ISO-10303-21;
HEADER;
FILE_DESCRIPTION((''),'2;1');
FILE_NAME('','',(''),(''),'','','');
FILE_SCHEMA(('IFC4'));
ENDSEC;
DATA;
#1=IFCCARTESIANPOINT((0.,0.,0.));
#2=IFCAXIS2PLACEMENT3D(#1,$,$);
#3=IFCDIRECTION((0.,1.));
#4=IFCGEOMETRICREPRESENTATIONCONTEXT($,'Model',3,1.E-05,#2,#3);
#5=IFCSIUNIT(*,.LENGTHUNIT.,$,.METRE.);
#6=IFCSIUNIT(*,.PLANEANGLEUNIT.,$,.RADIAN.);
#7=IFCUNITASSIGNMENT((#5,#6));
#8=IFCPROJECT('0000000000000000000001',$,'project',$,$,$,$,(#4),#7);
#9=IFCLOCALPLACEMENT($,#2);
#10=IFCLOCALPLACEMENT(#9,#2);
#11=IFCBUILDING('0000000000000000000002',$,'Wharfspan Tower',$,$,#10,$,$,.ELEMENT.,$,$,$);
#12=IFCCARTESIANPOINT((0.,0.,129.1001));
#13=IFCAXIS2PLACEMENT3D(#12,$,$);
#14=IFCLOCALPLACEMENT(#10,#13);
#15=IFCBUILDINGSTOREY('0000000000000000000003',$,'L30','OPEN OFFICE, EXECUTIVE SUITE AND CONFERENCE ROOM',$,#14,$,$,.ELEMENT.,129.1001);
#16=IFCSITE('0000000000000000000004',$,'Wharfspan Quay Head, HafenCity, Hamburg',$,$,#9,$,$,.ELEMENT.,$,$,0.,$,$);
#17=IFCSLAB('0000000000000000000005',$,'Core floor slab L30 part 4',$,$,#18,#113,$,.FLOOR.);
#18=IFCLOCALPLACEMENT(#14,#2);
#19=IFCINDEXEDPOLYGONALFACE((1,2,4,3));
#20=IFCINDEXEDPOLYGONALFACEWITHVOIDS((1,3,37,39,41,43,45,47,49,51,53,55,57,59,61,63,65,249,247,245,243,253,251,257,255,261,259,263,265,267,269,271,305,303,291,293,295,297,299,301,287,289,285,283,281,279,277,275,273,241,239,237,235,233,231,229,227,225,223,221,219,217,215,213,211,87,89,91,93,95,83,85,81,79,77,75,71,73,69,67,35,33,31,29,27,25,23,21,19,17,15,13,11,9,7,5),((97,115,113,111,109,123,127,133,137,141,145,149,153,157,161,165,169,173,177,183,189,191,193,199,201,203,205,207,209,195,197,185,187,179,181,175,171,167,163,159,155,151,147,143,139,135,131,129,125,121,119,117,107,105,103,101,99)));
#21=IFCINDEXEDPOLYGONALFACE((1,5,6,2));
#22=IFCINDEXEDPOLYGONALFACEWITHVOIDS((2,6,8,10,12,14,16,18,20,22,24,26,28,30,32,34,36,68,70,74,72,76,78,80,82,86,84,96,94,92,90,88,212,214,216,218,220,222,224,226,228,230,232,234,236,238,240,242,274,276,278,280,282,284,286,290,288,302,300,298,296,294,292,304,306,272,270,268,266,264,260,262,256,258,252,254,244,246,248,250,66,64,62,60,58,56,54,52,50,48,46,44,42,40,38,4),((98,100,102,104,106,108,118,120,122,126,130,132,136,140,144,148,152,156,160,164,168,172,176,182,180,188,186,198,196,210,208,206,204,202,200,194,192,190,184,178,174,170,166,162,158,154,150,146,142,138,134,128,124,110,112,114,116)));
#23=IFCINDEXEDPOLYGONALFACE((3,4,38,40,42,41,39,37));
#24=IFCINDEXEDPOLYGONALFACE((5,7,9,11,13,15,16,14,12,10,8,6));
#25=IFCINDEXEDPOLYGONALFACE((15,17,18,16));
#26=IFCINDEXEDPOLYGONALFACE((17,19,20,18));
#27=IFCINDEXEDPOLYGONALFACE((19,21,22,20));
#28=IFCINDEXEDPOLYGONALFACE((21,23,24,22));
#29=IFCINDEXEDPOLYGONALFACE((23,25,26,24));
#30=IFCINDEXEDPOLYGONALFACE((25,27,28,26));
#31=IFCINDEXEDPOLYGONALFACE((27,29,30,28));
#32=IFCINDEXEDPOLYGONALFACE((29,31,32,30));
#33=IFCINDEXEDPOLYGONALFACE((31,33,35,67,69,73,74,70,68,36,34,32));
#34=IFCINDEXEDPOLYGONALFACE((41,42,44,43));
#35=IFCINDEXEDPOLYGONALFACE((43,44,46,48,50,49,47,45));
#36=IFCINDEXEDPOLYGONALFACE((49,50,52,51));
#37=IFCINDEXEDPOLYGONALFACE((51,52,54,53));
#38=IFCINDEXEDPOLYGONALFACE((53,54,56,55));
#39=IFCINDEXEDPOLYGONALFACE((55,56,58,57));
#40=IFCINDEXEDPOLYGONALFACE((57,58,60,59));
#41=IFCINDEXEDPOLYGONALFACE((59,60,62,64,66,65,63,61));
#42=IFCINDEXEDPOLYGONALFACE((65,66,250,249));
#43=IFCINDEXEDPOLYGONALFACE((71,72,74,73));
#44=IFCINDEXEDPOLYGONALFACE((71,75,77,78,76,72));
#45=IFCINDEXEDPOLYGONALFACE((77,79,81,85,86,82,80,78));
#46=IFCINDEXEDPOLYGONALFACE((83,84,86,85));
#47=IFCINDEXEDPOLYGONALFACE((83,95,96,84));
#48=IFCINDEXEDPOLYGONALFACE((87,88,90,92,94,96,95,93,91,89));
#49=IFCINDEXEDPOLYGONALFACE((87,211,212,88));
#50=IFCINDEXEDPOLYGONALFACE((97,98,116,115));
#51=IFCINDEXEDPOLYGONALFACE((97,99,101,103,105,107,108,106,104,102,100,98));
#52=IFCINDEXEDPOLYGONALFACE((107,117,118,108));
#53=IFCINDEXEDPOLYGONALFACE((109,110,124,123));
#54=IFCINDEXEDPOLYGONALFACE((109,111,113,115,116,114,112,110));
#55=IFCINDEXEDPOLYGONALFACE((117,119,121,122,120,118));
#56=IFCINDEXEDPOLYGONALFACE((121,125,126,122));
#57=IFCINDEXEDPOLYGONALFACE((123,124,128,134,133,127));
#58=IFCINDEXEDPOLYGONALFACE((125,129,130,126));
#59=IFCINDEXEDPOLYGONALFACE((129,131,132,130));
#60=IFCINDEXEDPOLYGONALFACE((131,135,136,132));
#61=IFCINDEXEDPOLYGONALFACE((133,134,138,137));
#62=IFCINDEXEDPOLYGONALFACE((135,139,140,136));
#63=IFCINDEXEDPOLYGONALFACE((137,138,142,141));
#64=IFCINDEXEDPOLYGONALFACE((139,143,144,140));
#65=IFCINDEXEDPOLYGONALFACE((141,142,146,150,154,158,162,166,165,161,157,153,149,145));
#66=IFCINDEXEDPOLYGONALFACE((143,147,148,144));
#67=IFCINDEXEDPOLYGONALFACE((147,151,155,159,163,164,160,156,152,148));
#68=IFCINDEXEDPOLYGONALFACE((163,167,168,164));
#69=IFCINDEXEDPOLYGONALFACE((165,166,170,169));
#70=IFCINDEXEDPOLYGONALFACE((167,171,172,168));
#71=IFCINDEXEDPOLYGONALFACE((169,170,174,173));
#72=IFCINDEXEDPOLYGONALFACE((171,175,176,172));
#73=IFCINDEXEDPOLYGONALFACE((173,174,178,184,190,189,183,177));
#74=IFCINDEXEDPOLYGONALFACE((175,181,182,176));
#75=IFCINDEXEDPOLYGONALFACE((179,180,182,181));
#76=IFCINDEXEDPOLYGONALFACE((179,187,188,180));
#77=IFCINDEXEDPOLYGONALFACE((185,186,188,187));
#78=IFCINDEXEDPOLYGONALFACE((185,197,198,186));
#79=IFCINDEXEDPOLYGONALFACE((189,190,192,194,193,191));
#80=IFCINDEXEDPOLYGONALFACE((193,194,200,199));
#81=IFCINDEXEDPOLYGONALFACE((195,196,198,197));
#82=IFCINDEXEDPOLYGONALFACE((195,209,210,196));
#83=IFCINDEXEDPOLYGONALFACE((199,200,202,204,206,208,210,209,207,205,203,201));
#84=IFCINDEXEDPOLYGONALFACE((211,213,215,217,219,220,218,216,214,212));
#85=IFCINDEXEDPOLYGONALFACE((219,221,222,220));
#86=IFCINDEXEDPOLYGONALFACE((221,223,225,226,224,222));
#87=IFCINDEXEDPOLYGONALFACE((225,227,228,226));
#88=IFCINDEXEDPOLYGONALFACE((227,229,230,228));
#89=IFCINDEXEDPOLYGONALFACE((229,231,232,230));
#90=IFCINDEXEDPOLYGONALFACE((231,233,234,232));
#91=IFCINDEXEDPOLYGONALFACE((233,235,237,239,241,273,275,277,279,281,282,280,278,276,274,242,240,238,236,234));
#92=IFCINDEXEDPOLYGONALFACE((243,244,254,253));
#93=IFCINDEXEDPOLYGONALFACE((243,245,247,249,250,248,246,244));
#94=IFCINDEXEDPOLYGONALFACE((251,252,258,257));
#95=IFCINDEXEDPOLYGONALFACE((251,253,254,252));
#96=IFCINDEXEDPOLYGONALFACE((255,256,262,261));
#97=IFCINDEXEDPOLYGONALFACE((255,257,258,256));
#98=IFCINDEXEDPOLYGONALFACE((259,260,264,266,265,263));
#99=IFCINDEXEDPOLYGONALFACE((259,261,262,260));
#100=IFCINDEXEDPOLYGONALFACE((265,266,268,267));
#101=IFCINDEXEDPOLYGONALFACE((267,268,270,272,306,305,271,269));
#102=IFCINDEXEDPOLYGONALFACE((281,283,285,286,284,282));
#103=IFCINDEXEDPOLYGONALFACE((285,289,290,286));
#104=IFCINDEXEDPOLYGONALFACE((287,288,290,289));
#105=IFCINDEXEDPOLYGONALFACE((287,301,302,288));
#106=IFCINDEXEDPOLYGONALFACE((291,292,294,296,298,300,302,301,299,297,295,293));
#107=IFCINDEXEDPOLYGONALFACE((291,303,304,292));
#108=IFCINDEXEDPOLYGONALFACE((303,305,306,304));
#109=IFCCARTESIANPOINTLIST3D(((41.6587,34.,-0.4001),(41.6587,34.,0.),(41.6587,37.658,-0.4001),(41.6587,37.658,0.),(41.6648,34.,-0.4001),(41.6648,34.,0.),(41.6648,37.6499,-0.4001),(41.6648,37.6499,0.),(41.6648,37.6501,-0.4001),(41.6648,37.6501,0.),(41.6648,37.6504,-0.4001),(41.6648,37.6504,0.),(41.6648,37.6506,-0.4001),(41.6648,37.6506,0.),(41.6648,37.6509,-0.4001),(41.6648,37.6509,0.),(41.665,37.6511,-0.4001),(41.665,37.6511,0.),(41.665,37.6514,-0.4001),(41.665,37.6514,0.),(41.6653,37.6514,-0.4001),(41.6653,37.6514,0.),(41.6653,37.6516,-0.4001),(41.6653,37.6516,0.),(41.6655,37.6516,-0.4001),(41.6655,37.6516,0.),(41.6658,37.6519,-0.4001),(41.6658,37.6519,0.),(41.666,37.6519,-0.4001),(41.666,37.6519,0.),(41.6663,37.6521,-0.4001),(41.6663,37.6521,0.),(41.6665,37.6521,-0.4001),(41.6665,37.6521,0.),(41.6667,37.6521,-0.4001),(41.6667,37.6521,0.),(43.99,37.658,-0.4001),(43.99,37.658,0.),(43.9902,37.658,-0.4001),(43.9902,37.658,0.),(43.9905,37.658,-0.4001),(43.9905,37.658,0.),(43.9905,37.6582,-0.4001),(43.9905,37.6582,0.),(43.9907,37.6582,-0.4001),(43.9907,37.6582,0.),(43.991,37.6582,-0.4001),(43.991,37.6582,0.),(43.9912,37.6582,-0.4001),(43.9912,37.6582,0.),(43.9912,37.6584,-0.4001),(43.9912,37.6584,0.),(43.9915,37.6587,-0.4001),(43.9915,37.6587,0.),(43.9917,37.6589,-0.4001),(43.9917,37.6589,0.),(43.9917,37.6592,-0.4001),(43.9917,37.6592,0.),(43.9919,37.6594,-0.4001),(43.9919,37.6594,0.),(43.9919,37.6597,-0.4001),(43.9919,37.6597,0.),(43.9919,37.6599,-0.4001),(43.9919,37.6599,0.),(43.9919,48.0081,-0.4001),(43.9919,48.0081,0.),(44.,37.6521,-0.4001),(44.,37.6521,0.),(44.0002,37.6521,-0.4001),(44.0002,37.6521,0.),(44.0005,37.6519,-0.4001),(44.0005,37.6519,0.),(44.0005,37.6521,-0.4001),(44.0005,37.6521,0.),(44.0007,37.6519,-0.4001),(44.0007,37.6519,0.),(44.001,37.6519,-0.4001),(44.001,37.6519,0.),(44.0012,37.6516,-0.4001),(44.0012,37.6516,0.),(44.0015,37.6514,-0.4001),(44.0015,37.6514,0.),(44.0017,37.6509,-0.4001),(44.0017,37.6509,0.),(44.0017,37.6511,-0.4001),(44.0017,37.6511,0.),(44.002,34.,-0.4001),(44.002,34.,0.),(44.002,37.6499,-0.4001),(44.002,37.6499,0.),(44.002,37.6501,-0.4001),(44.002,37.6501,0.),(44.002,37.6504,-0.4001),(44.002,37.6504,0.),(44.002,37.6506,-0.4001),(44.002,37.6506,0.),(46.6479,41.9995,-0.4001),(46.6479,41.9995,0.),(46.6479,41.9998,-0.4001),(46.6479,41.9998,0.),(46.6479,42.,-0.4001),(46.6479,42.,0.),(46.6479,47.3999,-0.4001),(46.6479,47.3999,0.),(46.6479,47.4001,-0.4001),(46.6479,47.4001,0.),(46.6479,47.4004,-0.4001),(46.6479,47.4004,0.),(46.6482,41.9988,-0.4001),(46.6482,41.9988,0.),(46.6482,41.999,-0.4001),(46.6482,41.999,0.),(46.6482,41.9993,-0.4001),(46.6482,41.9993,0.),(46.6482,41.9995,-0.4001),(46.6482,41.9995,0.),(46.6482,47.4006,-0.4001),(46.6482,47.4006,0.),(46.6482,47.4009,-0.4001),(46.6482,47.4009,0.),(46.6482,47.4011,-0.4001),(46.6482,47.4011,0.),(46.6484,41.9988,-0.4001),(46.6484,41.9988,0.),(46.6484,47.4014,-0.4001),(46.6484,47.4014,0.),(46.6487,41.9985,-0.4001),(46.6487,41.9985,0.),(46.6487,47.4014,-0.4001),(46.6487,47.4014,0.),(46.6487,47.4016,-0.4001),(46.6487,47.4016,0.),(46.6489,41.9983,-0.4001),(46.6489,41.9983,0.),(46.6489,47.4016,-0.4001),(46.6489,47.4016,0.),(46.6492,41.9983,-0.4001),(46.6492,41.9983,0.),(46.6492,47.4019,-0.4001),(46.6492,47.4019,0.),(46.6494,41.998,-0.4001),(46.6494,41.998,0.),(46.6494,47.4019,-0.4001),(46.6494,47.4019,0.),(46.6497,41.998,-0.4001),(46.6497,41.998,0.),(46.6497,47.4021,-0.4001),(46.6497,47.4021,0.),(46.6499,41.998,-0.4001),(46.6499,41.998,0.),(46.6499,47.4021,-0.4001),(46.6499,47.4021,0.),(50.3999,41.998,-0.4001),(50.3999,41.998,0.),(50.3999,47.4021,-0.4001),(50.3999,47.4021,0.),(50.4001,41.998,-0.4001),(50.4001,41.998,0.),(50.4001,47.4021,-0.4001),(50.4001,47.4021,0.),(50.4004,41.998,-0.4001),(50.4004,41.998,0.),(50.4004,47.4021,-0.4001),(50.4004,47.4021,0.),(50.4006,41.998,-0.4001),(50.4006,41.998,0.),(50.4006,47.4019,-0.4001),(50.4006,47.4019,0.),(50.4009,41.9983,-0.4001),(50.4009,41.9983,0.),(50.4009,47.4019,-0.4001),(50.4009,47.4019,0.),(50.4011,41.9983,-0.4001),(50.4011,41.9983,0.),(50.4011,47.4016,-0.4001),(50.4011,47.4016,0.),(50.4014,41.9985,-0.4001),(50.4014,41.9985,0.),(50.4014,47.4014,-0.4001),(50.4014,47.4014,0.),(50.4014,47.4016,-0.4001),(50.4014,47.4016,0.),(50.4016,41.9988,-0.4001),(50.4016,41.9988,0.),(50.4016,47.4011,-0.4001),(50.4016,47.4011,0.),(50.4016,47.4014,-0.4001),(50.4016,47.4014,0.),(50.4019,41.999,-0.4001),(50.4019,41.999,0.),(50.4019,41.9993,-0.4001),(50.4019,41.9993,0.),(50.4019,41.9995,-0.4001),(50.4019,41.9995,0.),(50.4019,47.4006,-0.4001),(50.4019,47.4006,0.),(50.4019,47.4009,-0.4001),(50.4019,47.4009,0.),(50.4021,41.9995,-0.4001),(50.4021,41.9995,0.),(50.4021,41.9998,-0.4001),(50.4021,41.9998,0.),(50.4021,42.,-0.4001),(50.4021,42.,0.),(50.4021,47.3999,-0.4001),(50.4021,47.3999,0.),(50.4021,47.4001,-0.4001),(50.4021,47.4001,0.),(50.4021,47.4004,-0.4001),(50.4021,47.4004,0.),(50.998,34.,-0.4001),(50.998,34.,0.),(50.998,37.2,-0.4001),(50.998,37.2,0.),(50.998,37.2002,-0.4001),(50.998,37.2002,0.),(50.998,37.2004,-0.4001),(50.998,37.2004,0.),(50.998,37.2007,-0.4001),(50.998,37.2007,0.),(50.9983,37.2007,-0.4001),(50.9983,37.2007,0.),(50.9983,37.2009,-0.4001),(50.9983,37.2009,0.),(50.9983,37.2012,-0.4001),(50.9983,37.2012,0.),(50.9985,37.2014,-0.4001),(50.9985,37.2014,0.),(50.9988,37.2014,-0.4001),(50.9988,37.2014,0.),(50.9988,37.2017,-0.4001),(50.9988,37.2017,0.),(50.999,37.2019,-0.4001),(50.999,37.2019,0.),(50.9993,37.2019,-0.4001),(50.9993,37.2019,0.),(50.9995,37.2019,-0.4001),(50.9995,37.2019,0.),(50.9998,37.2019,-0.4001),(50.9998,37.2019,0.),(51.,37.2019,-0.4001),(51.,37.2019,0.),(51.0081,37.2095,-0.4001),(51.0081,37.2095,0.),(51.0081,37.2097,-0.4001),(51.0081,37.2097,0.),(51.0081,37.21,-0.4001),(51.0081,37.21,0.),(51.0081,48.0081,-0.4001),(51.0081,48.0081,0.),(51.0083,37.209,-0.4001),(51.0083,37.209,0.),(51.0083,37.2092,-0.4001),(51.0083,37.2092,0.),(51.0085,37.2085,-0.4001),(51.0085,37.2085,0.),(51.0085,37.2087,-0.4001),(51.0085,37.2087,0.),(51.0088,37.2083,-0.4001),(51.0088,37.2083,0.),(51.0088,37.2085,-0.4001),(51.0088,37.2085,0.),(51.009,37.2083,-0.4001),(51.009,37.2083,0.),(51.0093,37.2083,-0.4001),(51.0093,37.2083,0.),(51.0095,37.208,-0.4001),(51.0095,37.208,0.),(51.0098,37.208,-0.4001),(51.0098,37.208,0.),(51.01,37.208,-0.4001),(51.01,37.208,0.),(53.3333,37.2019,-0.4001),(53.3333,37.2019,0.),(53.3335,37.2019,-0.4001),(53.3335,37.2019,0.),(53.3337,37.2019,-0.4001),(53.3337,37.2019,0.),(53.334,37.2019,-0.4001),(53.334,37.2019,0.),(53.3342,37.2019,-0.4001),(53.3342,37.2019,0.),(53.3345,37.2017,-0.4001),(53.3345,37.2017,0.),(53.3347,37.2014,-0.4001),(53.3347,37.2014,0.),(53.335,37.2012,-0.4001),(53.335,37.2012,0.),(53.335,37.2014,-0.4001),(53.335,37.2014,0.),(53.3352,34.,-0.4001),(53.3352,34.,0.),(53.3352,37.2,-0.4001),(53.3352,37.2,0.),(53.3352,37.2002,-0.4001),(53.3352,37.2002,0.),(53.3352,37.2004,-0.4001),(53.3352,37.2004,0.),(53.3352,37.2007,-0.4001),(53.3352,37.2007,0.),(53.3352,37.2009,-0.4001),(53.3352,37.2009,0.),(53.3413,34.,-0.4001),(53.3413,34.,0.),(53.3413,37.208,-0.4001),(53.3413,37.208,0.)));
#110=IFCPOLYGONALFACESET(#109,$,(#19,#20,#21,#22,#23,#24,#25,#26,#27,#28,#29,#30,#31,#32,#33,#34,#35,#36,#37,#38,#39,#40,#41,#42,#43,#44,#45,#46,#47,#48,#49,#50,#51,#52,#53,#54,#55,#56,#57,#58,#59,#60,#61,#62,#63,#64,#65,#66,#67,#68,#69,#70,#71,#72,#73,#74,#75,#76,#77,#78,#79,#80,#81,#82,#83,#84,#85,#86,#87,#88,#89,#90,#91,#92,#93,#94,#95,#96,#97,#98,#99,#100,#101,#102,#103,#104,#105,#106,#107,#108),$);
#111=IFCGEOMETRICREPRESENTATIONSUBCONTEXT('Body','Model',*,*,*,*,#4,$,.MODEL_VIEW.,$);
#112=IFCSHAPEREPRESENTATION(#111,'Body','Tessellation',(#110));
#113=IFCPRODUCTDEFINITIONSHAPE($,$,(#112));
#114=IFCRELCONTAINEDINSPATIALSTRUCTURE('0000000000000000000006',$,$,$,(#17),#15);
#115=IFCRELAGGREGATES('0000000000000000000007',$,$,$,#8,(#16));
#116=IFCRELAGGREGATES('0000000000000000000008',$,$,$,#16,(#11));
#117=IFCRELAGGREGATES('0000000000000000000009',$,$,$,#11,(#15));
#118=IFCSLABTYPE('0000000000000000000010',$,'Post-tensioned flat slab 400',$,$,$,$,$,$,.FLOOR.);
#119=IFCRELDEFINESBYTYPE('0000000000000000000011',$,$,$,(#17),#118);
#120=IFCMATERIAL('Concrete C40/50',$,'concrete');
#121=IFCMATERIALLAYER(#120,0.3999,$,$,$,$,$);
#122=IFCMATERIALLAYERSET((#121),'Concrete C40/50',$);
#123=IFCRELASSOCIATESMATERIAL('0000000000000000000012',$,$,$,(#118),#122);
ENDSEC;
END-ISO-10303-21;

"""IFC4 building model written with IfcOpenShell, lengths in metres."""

from ifc_helpers import new_model, si_unit, direction, frame, origin, place, context, subcontext, project, spatial, polyline, outline, extrude, material, layer, layer_set, type_object, element, save


model = new_model("IFC4")

# Units and contexts
model_context = context("Model", 3, precision=1e-05, world=origin(), true_north=direction((0.0, 1.0)))
body_context = subcontext(model_context, "Body", "Model", "MODEL_VIEW")
ifc_project = project(units=[si_unit("LENGTHUNIT", "METRE"), si_unit("PLANEANGLEUNIT", "RADIAN")], contexts=[model_context])

# Site, building, storey
site_placement = place(None, origin())
site = spatial("IfcSite", under=ifc_project, at=site_placement, Name="Wharfspan Quay Head, HafenCity, Hamburg", CompositionType="ELEMENT", RefElevation=0.0)
building_placement = place(site_placement, origin())
building = spatial("IfcBuilding", under=site, at=building_placement, Name="Wharfspan Tower", CompositionType="ELEMENT")
storey_placement = place(building_placement, frame((0.0, 0.0, 129.1001)))
storey = spatial("IfcBuildingStorey", under=building, at=storey_placement, Name="L30", Description="OPEN OFFICE, EXECUTIVE SUITE AND CONFERENCE ROOM", CompositionType="ELEMENT", Elevation=129.1001)

# Slab
ifc_material_1 = material(Name="Concrete C40/50", Category="concrete")
ifc_layer_1 = layer(ifc_material_1, 0.3999)
ifc_layer_set_1 = layer_set([ifc_layer_1], Name="Concrete C40/50")
slab_type = type_object("IfcSlabType", Name="Post-tensioned flat slab 400", PredefinedType="FLOOR", material=ifc_layer_set_1)
slab_1_placement = place(storey_placement, frame((0.0, 0.0, -0.4001)))
element("IfcSlab", 1, at=slab_1_placement, inside=storey, type_object=slab_type, Name="Core floor slab L30 part 4", PredefinedType="FLOOR", context=body_context, shape_type="SweptSolid", body=[
    extrude(outline(polyline([(53.3413, 34.0), (53.3413, 37.208), (51.01, 37.208), (51.0098, 37.208), (51.0095, 37.208), (51.0095, 37.208), (51.0093, 37.2083), (51.009, 37.2083), (51.0088, 37.2083), (51.0088, 37.2085), (51.0085, 37.2085), (51.0085, 37.2087), (51.0083, 37.209), (51.0083, 37.209), (51.0083, 37.2092), (51.0081, 37.2095), (51.0081, 37.2097), (51.0081, 37.2097), (51.0081, 37.21), (51.0081, 48.0081), (43.9919, 48.0081), (43.9919, 37.6599), (43.9919, 37.6599), (43.9919, 37.6597), (43.9919, 37.6594), (43.9917, 37.6592), (43.9917, 37.6592), (43.9917, 37.6589), (43.9915, 37.6587), (43.9915, 37.6587), (43.9912, 37.6584), (43.9912, 37.6582), (43.991, 37.6582), (43.9907, 37.6582), (43.9905, 37.6582), (43.9905, 37.658), (43.9902, 37.658), (43.99, 37.658), (41.6587, 37.658), (41.6587, 34.0), (41.6648, 34.0), (41.6648, 37.6499), (41.6648, 37.6501), (41.6648, 37.6504), (41.6648, 37.6506), (41.6648, 37.6509), (41.6648, 37.6509), (41.665, 37.6511), (41.665, 37.6514), (41.6653, 37.6514), (41.6653, 37.6516), (41.6655, 37.6516), (41.6658, 37.6519), (41.666, 37.6519), (41.666, 37.6519), (41.6663, 37.6521), (41.6665, 37.6521), (41.6667, 37.6521), (44.0, 37.6521), (44.0002, 37.6521), (44.0005, 37.6521), (44.0005, 37.6519), (44.0007, 37.6519), (44.001, 37.6519), (44.0012, 37.6516), (44.0012, 37.6516), (44.0015, 37.6514), (44.0015, 37.6514), (44.0017, 37.6511), (44.0017, 37.6509), (44.0017, 37.6509), (44.002, 37.6506), (44.002, 37.6504), (44.002, 37.6501), (44.002, 37.6499), (44.002, 34.0), (50.998, 34.0), (50.998, 37.2), (50.998, 37.2002), (50.998, 37.2004), (50.998, 37.2007), (50.9983, 37.2007), (50.9983, 37.2009), (50.9983, 37.2012), (50.9985, 37.2014), (50.9985, 37.2014), (50.9988, 37.2014), (50.9988, 37.2017), (50.999, 37.2019), (50.9993, 37.2019), (50.9995, 37.2019), (50.9995, 37.2019), (50.9998, 37.2019), (51.0, 37.2019), (53.3333, 37.2019), (53.3335, 37.2019), (53.3337, 37.2019), (53.334, 37.2019), (53.334, 37.2019), (53.3342, 37.2019), (53.3345, 37.2017), (53.3347, 37.2014), (53.3347, 37.2014), (53.335, 37.2014), (53.335, 37.2012), (53.3352, 37.2009), (53.3352, 37.2007), (53.3352, 37.2007), (53.3352, 37.2004), (53.3352, 37.2002), (53.3352, 37.2), (53.3352, 34.0), (53.3413, 34.0)]), holes=[polyline([(50.4021, 42.0), (50.4021, 41.9998), (50.4021, 41.9995), (50.4019, 41.9995), (50.4019, 41.9993), (50.4019, 41.999), (50.4016, 41.9988), (50.4016, 41.9988), (50.4014, 41.9985), (50.4014, 41.9985), (50.4011, 41.9983), (50.4009, 41.9983), (50.4009, 41.9983), (50.4006, 41.998), (50.4004, 41.998), (50.4001, 41.998), (50.3999, 41.998), (46.6499, 41.998), (46.6499, 41.998), (46.6497, 41.998), (46.6494, 41.998), (46.6492, 41.9983), (46.6492, 41.9983), (46.6489, 41.9983), (46.6487, 41.9985), (46.6487, 41.9985), (46.6484, 41.9988), (46.6482, 41.9988), (46.6482, 41.999), (46.6482, 41.9993), (46.6482, 41.9995), (46.6479, 41.9995), (46.6479, 41.9998), (46.6479, 42.0), (46.6479, 47.3999), (46.6479, 47.4001), (46.6479, 47.4004), (46.6482, 47.4006), (46.6482, 47.4009), (46.6482, 47.4009), (46.6482, 47.4011), (46.6484, 47.4014), (46.6487, 47.4014), (46.6487, 47.4016), (46.6489, 47.4016), (46.6492, 47.4019), (46.6492, 47.4019), (46.6494, 47.4019), (46.6497, 47.4021), (46.6499, 47.4021), (46.6499, 47.4021), (50.3999, 47.4021), (50.4001, 47.4021), (50.4004, 47.4021), (50.4006, 47.4019), (50.4009, 47.4019), (50.4009, 47.4019), (50.4011, 47.4016), (50.4014, 47.4016), (50.4014, 47.4014), (50.4016, 47.4014), (50.4016, 47.4011), (50.4019, 47.4009), (50.4019, 47.4009), (50.4019, 47.4006), (50.4021, 47.4004), (50.4021, 47.4001), (50.4021, 47.3999), (50.4021, 42.0)])]), origin(), (0.0, 0.0, 1.0), 0.4001),
])

save(model, "model.ifc")
